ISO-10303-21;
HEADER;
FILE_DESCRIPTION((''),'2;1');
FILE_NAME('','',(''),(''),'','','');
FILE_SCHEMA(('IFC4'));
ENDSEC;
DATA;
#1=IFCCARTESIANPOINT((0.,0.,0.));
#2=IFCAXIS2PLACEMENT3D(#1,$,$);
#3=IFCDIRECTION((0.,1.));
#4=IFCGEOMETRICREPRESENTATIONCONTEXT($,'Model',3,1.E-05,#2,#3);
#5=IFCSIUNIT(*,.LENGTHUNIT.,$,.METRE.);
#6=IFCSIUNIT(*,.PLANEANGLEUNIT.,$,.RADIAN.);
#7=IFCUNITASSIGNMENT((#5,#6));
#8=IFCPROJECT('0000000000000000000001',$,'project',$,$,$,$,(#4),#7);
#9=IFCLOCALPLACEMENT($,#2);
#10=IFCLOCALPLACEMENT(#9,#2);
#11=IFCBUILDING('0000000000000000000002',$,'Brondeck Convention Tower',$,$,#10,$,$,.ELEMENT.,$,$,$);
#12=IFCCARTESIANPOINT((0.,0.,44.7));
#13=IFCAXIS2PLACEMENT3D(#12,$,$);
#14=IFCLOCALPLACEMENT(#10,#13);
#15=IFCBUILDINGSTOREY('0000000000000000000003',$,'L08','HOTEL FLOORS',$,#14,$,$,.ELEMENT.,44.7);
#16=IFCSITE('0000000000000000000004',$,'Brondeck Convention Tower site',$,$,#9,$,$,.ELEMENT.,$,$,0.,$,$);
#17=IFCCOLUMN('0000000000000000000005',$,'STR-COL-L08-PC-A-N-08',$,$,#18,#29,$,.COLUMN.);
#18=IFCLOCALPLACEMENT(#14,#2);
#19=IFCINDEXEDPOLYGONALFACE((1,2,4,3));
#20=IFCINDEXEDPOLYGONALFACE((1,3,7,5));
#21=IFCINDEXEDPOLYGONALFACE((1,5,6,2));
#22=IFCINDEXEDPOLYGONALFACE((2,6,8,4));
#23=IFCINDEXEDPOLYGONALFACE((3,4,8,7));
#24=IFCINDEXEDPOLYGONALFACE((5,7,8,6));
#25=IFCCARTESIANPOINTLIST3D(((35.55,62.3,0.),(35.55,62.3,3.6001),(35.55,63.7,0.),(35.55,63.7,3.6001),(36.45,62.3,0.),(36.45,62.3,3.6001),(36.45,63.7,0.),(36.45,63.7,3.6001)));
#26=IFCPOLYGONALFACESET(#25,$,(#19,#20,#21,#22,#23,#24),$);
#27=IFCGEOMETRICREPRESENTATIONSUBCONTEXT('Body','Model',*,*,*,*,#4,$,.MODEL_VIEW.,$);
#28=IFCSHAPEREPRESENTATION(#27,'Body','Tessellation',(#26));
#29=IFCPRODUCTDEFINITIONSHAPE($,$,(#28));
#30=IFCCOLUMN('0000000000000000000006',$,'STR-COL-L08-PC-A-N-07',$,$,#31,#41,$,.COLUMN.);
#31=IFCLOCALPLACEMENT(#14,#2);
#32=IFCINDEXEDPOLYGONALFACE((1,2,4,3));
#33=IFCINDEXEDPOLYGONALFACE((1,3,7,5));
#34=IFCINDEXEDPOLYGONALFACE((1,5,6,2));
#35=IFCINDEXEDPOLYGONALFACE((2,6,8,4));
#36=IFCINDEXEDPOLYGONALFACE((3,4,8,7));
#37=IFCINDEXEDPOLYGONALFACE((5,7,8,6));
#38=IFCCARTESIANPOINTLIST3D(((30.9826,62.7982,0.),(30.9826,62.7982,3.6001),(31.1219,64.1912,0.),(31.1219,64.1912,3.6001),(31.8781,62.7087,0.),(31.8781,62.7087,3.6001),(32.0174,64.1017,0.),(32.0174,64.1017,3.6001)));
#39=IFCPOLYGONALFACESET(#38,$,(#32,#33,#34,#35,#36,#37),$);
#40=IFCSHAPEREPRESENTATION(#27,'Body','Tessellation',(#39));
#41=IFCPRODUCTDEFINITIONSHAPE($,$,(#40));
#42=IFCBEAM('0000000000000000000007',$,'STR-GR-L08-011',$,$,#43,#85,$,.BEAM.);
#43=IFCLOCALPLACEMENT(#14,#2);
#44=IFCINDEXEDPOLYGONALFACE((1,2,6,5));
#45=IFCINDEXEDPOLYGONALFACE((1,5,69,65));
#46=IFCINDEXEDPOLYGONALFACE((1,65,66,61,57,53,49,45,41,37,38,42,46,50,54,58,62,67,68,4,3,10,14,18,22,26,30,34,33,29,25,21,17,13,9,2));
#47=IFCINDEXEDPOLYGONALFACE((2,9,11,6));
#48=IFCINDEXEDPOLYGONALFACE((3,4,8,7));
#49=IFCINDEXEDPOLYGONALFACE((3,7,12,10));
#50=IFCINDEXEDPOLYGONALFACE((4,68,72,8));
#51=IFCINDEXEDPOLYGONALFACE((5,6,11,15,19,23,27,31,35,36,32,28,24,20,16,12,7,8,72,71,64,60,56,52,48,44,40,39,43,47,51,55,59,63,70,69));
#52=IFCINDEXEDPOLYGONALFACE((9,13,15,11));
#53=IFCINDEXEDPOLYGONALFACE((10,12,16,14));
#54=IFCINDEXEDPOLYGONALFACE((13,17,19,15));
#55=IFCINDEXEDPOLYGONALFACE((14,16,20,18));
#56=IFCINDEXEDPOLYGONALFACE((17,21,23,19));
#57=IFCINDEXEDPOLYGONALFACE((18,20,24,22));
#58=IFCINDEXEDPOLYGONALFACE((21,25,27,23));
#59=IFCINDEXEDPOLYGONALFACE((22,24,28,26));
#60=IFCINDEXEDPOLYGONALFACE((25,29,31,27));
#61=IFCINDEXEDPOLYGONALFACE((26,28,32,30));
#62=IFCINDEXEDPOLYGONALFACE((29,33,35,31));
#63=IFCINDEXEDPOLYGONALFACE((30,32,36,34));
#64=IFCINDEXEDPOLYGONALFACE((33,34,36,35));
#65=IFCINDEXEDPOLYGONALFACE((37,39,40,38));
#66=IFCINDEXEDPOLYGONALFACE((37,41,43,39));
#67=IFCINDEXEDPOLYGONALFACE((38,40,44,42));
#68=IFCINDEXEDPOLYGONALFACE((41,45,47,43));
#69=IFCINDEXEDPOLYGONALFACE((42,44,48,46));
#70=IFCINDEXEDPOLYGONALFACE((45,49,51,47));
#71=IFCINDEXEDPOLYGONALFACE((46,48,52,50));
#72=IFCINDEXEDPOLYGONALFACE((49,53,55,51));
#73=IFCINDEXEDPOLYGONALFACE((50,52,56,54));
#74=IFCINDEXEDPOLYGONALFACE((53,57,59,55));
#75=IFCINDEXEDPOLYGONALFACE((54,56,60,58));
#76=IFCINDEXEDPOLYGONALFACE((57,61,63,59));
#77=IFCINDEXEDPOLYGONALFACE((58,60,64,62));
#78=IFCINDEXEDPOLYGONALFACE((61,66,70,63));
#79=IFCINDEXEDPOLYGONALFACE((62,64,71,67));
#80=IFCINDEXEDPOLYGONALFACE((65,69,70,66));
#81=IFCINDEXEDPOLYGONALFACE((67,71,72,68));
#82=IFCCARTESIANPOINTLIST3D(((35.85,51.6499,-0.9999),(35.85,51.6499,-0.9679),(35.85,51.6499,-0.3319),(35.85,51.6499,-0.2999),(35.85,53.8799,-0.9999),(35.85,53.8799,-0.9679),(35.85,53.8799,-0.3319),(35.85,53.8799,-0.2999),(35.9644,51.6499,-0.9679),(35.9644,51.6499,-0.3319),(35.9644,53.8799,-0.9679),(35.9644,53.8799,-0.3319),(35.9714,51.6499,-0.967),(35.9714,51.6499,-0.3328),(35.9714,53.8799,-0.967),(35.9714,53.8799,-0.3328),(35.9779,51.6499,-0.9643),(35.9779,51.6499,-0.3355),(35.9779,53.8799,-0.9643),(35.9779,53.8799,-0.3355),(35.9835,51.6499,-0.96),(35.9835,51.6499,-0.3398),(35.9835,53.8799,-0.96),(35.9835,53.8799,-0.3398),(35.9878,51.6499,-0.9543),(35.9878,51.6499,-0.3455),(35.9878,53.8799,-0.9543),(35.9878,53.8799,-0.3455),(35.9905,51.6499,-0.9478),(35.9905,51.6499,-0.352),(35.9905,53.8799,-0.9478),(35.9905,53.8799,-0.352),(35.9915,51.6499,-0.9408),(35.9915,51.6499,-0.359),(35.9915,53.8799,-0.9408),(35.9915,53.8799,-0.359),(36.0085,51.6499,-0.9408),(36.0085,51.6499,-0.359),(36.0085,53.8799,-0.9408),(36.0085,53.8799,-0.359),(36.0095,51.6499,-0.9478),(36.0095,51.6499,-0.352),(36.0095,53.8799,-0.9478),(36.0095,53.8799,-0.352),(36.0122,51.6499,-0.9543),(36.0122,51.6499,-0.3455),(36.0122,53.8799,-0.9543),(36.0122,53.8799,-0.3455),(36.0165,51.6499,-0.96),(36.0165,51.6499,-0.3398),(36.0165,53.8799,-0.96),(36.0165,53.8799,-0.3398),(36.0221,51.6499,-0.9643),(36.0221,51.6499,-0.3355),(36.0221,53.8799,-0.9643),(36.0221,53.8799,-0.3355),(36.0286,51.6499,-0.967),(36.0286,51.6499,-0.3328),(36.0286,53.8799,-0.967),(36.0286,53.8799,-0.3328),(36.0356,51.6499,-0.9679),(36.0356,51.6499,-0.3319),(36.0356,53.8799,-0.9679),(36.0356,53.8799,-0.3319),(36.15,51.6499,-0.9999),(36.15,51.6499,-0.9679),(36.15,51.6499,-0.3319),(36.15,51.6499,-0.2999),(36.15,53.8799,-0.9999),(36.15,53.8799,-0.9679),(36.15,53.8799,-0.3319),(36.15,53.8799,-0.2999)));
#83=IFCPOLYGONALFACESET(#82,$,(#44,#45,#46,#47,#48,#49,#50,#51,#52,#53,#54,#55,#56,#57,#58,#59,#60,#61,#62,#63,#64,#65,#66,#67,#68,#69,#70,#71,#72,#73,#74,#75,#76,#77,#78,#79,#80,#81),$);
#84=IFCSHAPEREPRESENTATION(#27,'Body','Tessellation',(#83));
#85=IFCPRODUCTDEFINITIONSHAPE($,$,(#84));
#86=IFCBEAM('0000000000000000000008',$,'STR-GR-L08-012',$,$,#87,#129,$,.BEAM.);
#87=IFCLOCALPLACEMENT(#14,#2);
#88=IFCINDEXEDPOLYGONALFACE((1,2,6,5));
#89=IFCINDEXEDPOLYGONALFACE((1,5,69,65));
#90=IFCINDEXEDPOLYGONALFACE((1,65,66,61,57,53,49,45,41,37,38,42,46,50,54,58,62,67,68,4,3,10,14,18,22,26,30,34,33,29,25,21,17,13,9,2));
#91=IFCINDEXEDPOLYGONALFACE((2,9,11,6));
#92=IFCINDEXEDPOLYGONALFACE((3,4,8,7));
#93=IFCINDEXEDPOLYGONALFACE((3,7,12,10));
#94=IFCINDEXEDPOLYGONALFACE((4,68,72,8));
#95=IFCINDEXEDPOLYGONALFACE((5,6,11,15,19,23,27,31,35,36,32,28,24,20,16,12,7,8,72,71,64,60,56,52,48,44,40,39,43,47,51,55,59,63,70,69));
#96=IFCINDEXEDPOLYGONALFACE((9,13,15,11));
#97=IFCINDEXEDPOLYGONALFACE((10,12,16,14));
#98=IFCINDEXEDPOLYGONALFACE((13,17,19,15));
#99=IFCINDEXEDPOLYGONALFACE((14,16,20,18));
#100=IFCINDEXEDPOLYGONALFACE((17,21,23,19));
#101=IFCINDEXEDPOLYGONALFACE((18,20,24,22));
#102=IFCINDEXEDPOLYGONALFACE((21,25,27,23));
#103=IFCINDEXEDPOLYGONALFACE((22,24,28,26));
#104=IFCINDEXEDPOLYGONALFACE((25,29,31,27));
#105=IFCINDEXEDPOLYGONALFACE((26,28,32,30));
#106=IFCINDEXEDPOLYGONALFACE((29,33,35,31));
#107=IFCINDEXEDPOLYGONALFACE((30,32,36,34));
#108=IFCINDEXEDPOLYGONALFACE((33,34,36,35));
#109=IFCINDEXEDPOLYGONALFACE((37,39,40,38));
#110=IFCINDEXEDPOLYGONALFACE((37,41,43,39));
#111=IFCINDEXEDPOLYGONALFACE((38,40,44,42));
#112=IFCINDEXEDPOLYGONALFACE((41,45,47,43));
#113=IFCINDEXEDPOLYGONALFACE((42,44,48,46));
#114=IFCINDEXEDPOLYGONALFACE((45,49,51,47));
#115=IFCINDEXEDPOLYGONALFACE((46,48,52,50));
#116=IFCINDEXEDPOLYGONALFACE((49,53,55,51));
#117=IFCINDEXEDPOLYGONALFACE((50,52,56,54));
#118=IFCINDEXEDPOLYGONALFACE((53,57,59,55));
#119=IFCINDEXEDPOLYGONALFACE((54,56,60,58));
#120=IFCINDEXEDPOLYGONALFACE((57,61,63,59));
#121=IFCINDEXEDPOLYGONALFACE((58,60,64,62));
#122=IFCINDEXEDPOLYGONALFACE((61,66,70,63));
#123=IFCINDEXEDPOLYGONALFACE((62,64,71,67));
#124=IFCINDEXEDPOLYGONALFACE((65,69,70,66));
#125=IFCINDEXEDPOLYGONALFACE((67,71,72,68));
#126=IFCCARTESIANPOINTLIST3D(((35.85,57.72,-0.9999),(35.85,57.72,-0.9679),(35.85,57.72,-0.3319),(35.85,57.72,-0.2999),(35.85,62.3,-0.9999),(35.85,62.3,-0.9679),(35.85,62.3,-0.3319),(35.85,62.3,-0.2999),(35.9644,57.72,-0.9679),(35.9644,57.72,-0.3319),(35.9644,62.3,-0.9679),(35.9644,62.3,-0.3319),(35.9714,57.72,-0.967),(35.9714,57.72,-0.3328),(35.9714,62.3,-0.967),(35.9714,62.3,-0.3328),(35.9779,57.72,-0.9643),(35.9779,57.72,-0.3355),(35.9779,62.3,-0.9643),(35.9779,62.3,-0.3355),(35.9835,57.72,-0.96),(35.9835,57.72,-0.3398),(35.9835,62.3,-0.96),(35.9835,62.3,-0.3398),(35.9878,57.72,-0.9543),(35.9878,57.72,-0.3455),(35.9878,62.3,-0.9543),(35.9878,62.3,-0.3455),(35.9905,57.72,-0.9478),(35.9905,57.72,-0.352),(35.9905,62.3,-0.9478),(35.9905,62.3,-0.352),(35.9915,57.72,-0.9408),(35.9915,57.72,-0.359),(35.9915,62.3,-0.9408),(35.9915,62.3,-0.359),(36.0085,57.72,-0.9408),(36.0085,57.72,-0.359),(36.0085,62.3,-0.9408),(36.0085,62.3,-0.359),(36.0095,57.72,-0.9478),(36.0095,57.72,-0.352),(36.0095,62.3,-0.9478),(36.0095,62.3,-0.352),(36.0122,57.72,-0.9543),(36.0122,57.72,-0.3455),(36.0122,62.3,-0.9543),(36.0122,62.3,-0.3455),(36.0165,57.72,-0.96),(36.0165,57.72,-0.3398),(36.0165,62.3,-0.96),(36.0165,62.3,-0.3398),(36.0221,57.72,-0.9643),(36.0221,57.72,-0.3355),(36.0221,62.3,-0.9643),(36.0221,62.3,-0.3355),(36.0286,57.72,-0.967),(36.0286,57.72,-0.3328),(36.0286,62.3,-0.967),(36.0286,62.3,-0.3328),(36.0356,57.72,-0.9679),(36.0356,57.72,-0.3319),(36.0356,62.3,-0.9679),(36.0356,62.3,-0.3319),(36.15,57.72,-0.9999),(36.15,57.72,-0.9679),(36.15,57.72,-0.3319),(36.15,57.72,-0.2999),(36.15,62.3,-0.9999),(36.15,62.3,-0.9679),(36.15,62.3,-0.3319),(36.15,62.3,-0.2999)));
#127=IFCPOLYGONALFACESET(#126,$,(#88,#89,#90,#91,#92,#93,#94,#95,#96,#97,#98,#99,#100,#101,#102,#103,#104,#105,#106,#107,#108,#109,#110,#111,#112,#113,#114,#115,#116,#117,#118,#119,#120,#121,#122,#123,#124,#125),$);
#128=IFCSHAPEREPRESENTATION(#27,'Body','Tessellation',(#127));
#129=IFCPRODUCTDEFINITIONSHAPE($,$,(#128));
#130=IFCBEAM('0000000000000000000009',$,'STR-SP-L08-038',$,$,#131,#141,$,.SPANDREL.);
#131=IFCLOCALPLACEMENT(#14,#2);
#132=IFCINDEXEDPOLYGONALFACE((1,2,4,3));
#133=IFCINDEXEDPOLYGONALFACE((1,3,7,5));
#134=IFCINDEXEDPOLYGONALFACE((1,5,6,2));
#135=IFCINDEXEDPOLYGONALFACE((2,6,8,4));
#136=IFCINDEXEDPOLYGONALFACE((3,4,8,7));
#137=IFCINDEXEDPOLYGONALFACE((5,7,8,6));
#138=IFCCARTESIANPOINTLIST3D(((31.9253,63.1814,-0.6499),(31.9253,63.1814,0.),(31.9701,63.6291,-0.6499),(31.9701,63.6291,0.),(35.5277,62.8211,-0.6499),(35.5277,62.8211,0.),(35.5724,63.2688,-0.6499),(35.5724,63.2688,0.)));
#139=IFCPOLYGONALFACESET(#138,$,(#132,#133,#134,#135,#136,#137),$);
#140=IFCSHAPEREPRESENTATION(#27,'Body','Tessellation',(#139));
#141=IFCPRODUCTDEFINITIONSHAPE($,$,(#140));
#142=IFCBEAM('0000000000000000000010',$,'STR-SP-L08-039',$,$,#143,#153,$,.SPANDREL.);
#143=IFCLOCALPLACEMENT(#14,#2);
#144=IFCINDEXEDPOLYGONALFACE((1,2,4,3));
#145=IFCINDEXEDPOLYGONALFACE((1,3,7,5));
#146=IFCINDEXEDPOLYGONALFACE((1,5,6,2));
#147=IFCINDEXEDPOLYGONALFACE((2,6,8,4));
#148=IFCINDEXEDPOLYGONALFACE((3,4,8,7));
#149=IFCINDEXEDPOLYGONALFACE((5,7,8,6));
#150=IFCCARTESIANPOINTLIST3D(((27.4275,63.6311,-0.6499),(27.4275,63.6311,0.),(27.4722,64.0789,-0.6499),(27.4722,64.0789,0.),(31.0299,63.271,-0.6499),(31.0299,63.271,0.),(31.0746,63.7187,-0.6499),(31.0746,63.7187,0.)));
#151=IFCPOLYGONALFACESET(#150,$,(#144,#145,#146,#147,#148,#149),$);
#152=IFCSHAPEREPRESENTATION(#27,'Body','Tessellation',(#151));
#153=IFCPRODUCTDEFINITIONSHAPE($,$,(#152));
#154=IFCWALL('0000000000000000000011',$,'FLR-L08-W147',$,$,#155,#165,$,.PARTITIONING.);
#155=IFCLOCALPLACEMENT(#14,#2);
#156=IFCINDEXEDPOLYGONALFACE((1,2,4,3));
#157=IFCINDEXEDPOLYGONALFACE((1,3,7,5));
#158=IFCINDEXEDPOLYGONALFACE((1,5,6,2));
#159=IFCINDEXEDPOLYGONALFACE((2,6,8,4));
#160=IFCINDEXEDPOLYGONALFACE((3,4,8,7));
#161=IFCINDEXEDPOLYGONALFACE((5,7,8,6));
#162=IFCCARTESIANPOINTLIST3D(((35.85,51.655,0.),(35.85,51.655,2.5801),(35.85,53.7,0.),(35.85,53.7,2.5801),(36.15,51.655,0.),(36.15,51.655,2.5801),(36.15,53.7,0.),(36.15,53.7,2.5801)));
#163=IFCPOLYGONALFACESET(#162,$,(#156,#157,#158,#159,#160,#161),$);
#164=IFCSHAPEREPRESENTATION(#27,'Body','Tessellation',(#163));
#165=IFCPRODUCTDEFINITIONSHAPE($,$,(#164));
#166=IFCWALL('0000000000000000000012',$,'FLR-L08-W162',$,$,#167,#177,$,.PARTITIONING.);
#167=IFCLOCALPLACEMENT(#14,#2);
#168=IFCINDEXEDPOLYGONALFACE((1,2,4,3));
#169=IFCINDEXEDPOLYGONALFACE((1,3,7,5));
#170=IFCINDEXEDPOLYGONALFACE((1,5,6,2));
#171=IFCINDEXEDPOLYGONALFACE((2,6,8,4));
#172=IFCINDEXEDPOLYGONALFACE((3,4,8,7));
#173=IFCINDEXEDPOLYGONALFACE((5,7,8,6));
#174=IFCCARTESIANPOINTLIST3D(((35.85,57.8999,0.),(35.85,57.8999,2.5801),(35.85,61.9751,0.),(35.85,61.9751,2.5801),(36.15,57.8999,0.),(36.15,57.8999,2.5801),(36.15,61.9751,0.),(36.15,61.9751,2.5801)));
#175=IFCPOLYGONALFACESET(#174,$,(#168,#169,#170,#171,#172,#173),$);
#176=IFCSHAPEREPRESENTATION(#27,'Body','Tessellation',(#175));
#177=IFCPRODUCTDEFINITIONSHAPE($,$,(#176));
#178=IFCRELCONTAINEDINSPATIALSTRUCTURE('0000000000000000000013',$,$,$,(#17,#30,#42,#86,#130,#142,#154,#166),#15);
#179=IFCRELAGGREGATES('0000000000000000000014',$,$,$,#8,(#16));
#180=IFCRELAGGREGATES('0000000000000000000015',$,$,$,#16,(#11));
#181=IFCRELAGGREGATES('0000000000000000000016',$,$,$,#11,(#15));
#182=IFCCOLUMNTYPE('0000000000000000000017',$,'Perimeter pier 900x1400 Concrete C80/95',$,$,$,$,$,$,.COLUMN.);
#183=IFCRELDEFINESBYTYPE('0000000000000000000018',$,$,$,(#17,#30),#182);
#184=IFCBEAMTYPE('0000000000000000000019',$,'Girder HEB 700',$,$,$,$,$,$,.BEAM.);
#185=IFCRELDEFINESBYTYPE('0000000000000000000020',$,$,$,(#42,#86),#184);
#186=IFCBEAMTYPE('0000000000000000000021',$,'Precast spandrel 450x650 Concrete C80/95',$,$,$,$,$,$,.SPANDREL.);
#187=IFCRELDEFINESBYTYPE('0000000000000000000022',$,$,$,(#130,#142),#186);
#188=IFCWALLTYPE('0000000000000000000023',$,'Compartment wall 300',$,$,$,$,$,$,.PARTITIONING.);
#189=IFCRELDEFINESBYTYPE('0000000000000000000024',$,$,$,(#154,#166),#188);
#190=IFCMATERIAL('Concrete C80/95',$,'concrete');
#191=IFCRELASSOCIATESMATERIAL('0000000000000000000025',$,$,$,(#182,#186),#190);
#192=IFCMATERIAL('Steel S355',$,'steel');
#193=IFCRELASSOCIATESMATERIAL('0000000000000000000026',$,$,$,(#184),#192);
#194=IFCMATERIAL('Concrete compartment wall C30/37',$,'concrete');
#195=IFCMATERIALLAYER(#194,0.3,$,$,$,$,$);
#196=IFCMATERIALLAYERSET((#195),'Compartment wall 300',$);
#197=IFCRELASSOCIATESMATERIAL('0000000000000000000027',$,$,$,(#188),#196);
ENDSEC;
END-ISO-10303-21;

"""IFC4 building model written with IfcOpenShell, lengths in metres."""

from ifc_helpers import new_model, si_unit, direction, frame, frame_2d, origin, origin_2d, place, context, subcontext, project, spatial, rectangle, i_section, extrude, material, layer, layer_set, material_profile, profile_set, type_object, element, save


model = new_model("IFC4")

# Units and contexts
model_context = context("Model", 3, precision=1e-05, world=origin(), true_north=direction((0.0, 1.0)))
body_context = subcontext(model_context, "Body", "Model", "MODEL_VIEW")
ifc_project = project(units=[si_unit("LENGTHUNIT", "METRE"), si_unit("PLANEANGLEUNIT", "RADIAN")], contexts=[model_context])

# Site, building, storey
site_placement = place(None, origin())
site = spatial("IfcSite", under=ifc_project, at=site_placement, Name="Brondeck Convention Tower site", CompositionType="ELEMENT", RefElevation=0.0)
building_placement = place(site_placement, origin())
building = spatial("IfcBuilding", under=site, at=building_placement, Name="Brondeck Convention Tower", CompositionType="ELEMENT")
storey_placement = place(building_placement, frame((0.0, 0.0, 44.7)))
storey = spatial("IfcBuildingStorey", under=building, at=storey_placement, Name="L08", Description="HOTEL FLOORS", CompositionType="ELEMENT", Elevation=44.7)

# Columns
ifc_material_1 = material(Name="Concrete C80/95", Category="concrete")
ifc_material_profile_1 = material_profile(ifc_material_1, rectangle(XDim=0.8999, YDim=1.3999, at=origin_2d()), Name="Perimeter pier 900x1400 Concrete C80/95")
ifc_profile_set_1 = profile_set([ifc_material_profile_1], Name="Concrete C80/95")
column_type = type_object("IfcColumnType", Name="Perimeter pier 900x1400 Concrete C80/95", PredefinedType="COLUMN", material=ifc_profile_set_1)
for number, where, z_axis, x_axis, name in (
    (1, (36.0, 63.0, 0.0), (0.0, 0.0, 1.0), (-1.0, 0.0, 0.0), "STR-COL-L08-PC-A-N-08"),
    (2, (31.5, 63.45, 0.0), (0.0, 0.0, 1.0), (-0.995037, 0.099504, 0.0), "STR-COL-L08-PC-A-N-07"),
):
    element("IfcColumn", number, at=place(storey_placement, frame(where, z_axis=z_axis, x_axis=x_axis)), inside=storey, type_object=column_type, Name=name, PredefinedType="COLUMN", context=body_context, shape_type="SweptSolid", body=[
        extrude(rectangle(XDim=0.8999, YDim=1.3999, at=origin_2d()), origin(), (0.0, 0.0, 1.0), 3.6001),
    ])

# Beams
ifc_material_2 = material(Name="Steel S355", Category="steel")
ifc_material_profile_2 = material_profile(ifc_material_2, i_section(OverallWidth=0.3, OverallDepth=0.7, WebThickness=0.0171, FlangeThickness=0.032, FilletRadius=0.0271, at=origin_2d()), Name="HEB 700")
ifc_profile_set_2 = profile_set([ifc_material_profile_2], Name="Steel S355")
beam_type_1 = type_object("IfcBeamType", Name="Girder HEB 700", PredefinedType="BEAM", material=ifc_profile_set_2)
beam_1_placement = place(storey_placement, frame((36.0, 51.6499, -0.6499), z_axis=(0.0, 1.0, 0.0), x_axis=(-1.0, 0.0, 0.0)))
element("IfcBeam", 3, at=beam_1_placement, inside=storey, type_object=beam_type_1, Name="STR-GR-L08-011", PredefinedType="BEAM", context=body_context, shape_type="SweptSolid", body=[
    extrude(i_section(OverallWidth=0.3, OverallDepth=0.7, WebThickness=0.0171, FlangeThickness=0.032, FilletRadius=0.0271, at=origin_2d()), origin(), (0.0, 0.0, 1.0), 2.23),
])
beam_2_placement = place(storey_placement, frame((36.0, 57.72, -0.6499), z_axis=(0.0, 1.0, 0.0), x_axis=(-1.0, 0.0, 0.0)))
element("IfcBeam", 4, at=beam_2_placement, inside=storey, type_object=beam_type_1, Name="STR-GR-L08-012", PredefinedType="BEAM", context=body_context, shape_type="SweptSolid", body=[
    extrude(i_section(OverallWidth=0.3, OverallDepth=0.7, WebThickness=0.0171, FlangeThickness=0.032, FilletRadius=0.0271, at=origin_2d()), origin(), (0.0, 0.0, 1.0), 4.5801),
])
ifc_material_profile_3 = material_profile(ifc_material_1, rectangle(XDim=0.45, YDim=0.6499, at=origin_2d()), Name="Precast spandrel 450x650 Concrete C80/95")
ifc_profile_set_3 = profile_set([ifc_material_profile_3], Name="Concrete C80/95")
beam_type_2 = type_object("IfcBeamType", Name="Precast spandrel 450x650 Concrete C80/95", PredefinedType="SPANDREL", material=ifc_profile_set_3)
for number, where, z_axis, x_axis, name in (
    (5, (35.55, 63.0449, -0.325), (-0.995034, 0.099537, 0.0), (-0.099537, -0.995034, 0.0), "STR-SP-L08-038"),
    (6, (31.0522, 63.4949, -0.325), (-0.995041, 0.09947, 0.0), (-0.09947, -0.995041, 0.0), "STR-SP-L08-039"),
):
    element("IfcBeam", number, at=place(storey_placement, frame(where, z_axis=z_axis, x_axis=x_axis)), inside=storey, type_object=beam_type_2, Name=name, PredefinedType="SPANDREL", context=body_context, shape_type="SweptSolid", body=[
        extrude(rectangle(XDim=0.45, YDim=0.6499, at=origin_2d()), origin(), (0.0, 0.0, 1.0), 3.6204),
    ])

# Walls
ifc_material_3 = material(Name="Concrete compartment wall C30/37", Category="concrete")
ifc_layer_1 = layer(ifc_material_3, 0.3)
ifc_layer_set_1 = layer_set([ifc_layer_1], Name="Compartment wall 300")
wall_type_1 = type_object("IfcWallType", Name="Compartment wall 300", PredefinedType="PARTITIONING", material=ifc_layer_set_1)
wall_1_placement = place(storey_placement, frame((36.0, 53.7, 0.0), z_axis=(0.0, 0.0, 1.0), x_axis=(0.0, -1.0, 0.0)))
element("IfcWall", 7, at=wall_1_placement, inside=storey, type_object=wall_type_1, Name="FLR-L08-W147", PredefinedType="PARTITIONING", context=body_context, shape_type="SweptSolid", body=[
    extrude(rectangle(XDim=2.0449, YDim=0.3, at=frame_2d((1.0225, 0.0))), origin(), (0.0, 0.0, 1.0), 2.5801),
])
wall_2_placement = place(storey_placement, frame((36.0, 61.9751, 0.0), z_axis=(0.0, 0.0, 1.0), x_axis=(0.0, -1.0, 0.0)))
element("IfcWall", 8, at=wall_2_placement, inside=storey, type_object=wall_type_1, Name="FLR-L08-W162", PredefinedType="PARTITIONING", context=body_context, shape_type="SweptSolid", body=[
    extrude(rectangle(XDim=4.0752, YDim=0.3, at=frame_2d((2.0376, 0.0))), origin(), (0.0, 0.0, 1.0), 2.5801),
])

save(model, "model.ifc")
